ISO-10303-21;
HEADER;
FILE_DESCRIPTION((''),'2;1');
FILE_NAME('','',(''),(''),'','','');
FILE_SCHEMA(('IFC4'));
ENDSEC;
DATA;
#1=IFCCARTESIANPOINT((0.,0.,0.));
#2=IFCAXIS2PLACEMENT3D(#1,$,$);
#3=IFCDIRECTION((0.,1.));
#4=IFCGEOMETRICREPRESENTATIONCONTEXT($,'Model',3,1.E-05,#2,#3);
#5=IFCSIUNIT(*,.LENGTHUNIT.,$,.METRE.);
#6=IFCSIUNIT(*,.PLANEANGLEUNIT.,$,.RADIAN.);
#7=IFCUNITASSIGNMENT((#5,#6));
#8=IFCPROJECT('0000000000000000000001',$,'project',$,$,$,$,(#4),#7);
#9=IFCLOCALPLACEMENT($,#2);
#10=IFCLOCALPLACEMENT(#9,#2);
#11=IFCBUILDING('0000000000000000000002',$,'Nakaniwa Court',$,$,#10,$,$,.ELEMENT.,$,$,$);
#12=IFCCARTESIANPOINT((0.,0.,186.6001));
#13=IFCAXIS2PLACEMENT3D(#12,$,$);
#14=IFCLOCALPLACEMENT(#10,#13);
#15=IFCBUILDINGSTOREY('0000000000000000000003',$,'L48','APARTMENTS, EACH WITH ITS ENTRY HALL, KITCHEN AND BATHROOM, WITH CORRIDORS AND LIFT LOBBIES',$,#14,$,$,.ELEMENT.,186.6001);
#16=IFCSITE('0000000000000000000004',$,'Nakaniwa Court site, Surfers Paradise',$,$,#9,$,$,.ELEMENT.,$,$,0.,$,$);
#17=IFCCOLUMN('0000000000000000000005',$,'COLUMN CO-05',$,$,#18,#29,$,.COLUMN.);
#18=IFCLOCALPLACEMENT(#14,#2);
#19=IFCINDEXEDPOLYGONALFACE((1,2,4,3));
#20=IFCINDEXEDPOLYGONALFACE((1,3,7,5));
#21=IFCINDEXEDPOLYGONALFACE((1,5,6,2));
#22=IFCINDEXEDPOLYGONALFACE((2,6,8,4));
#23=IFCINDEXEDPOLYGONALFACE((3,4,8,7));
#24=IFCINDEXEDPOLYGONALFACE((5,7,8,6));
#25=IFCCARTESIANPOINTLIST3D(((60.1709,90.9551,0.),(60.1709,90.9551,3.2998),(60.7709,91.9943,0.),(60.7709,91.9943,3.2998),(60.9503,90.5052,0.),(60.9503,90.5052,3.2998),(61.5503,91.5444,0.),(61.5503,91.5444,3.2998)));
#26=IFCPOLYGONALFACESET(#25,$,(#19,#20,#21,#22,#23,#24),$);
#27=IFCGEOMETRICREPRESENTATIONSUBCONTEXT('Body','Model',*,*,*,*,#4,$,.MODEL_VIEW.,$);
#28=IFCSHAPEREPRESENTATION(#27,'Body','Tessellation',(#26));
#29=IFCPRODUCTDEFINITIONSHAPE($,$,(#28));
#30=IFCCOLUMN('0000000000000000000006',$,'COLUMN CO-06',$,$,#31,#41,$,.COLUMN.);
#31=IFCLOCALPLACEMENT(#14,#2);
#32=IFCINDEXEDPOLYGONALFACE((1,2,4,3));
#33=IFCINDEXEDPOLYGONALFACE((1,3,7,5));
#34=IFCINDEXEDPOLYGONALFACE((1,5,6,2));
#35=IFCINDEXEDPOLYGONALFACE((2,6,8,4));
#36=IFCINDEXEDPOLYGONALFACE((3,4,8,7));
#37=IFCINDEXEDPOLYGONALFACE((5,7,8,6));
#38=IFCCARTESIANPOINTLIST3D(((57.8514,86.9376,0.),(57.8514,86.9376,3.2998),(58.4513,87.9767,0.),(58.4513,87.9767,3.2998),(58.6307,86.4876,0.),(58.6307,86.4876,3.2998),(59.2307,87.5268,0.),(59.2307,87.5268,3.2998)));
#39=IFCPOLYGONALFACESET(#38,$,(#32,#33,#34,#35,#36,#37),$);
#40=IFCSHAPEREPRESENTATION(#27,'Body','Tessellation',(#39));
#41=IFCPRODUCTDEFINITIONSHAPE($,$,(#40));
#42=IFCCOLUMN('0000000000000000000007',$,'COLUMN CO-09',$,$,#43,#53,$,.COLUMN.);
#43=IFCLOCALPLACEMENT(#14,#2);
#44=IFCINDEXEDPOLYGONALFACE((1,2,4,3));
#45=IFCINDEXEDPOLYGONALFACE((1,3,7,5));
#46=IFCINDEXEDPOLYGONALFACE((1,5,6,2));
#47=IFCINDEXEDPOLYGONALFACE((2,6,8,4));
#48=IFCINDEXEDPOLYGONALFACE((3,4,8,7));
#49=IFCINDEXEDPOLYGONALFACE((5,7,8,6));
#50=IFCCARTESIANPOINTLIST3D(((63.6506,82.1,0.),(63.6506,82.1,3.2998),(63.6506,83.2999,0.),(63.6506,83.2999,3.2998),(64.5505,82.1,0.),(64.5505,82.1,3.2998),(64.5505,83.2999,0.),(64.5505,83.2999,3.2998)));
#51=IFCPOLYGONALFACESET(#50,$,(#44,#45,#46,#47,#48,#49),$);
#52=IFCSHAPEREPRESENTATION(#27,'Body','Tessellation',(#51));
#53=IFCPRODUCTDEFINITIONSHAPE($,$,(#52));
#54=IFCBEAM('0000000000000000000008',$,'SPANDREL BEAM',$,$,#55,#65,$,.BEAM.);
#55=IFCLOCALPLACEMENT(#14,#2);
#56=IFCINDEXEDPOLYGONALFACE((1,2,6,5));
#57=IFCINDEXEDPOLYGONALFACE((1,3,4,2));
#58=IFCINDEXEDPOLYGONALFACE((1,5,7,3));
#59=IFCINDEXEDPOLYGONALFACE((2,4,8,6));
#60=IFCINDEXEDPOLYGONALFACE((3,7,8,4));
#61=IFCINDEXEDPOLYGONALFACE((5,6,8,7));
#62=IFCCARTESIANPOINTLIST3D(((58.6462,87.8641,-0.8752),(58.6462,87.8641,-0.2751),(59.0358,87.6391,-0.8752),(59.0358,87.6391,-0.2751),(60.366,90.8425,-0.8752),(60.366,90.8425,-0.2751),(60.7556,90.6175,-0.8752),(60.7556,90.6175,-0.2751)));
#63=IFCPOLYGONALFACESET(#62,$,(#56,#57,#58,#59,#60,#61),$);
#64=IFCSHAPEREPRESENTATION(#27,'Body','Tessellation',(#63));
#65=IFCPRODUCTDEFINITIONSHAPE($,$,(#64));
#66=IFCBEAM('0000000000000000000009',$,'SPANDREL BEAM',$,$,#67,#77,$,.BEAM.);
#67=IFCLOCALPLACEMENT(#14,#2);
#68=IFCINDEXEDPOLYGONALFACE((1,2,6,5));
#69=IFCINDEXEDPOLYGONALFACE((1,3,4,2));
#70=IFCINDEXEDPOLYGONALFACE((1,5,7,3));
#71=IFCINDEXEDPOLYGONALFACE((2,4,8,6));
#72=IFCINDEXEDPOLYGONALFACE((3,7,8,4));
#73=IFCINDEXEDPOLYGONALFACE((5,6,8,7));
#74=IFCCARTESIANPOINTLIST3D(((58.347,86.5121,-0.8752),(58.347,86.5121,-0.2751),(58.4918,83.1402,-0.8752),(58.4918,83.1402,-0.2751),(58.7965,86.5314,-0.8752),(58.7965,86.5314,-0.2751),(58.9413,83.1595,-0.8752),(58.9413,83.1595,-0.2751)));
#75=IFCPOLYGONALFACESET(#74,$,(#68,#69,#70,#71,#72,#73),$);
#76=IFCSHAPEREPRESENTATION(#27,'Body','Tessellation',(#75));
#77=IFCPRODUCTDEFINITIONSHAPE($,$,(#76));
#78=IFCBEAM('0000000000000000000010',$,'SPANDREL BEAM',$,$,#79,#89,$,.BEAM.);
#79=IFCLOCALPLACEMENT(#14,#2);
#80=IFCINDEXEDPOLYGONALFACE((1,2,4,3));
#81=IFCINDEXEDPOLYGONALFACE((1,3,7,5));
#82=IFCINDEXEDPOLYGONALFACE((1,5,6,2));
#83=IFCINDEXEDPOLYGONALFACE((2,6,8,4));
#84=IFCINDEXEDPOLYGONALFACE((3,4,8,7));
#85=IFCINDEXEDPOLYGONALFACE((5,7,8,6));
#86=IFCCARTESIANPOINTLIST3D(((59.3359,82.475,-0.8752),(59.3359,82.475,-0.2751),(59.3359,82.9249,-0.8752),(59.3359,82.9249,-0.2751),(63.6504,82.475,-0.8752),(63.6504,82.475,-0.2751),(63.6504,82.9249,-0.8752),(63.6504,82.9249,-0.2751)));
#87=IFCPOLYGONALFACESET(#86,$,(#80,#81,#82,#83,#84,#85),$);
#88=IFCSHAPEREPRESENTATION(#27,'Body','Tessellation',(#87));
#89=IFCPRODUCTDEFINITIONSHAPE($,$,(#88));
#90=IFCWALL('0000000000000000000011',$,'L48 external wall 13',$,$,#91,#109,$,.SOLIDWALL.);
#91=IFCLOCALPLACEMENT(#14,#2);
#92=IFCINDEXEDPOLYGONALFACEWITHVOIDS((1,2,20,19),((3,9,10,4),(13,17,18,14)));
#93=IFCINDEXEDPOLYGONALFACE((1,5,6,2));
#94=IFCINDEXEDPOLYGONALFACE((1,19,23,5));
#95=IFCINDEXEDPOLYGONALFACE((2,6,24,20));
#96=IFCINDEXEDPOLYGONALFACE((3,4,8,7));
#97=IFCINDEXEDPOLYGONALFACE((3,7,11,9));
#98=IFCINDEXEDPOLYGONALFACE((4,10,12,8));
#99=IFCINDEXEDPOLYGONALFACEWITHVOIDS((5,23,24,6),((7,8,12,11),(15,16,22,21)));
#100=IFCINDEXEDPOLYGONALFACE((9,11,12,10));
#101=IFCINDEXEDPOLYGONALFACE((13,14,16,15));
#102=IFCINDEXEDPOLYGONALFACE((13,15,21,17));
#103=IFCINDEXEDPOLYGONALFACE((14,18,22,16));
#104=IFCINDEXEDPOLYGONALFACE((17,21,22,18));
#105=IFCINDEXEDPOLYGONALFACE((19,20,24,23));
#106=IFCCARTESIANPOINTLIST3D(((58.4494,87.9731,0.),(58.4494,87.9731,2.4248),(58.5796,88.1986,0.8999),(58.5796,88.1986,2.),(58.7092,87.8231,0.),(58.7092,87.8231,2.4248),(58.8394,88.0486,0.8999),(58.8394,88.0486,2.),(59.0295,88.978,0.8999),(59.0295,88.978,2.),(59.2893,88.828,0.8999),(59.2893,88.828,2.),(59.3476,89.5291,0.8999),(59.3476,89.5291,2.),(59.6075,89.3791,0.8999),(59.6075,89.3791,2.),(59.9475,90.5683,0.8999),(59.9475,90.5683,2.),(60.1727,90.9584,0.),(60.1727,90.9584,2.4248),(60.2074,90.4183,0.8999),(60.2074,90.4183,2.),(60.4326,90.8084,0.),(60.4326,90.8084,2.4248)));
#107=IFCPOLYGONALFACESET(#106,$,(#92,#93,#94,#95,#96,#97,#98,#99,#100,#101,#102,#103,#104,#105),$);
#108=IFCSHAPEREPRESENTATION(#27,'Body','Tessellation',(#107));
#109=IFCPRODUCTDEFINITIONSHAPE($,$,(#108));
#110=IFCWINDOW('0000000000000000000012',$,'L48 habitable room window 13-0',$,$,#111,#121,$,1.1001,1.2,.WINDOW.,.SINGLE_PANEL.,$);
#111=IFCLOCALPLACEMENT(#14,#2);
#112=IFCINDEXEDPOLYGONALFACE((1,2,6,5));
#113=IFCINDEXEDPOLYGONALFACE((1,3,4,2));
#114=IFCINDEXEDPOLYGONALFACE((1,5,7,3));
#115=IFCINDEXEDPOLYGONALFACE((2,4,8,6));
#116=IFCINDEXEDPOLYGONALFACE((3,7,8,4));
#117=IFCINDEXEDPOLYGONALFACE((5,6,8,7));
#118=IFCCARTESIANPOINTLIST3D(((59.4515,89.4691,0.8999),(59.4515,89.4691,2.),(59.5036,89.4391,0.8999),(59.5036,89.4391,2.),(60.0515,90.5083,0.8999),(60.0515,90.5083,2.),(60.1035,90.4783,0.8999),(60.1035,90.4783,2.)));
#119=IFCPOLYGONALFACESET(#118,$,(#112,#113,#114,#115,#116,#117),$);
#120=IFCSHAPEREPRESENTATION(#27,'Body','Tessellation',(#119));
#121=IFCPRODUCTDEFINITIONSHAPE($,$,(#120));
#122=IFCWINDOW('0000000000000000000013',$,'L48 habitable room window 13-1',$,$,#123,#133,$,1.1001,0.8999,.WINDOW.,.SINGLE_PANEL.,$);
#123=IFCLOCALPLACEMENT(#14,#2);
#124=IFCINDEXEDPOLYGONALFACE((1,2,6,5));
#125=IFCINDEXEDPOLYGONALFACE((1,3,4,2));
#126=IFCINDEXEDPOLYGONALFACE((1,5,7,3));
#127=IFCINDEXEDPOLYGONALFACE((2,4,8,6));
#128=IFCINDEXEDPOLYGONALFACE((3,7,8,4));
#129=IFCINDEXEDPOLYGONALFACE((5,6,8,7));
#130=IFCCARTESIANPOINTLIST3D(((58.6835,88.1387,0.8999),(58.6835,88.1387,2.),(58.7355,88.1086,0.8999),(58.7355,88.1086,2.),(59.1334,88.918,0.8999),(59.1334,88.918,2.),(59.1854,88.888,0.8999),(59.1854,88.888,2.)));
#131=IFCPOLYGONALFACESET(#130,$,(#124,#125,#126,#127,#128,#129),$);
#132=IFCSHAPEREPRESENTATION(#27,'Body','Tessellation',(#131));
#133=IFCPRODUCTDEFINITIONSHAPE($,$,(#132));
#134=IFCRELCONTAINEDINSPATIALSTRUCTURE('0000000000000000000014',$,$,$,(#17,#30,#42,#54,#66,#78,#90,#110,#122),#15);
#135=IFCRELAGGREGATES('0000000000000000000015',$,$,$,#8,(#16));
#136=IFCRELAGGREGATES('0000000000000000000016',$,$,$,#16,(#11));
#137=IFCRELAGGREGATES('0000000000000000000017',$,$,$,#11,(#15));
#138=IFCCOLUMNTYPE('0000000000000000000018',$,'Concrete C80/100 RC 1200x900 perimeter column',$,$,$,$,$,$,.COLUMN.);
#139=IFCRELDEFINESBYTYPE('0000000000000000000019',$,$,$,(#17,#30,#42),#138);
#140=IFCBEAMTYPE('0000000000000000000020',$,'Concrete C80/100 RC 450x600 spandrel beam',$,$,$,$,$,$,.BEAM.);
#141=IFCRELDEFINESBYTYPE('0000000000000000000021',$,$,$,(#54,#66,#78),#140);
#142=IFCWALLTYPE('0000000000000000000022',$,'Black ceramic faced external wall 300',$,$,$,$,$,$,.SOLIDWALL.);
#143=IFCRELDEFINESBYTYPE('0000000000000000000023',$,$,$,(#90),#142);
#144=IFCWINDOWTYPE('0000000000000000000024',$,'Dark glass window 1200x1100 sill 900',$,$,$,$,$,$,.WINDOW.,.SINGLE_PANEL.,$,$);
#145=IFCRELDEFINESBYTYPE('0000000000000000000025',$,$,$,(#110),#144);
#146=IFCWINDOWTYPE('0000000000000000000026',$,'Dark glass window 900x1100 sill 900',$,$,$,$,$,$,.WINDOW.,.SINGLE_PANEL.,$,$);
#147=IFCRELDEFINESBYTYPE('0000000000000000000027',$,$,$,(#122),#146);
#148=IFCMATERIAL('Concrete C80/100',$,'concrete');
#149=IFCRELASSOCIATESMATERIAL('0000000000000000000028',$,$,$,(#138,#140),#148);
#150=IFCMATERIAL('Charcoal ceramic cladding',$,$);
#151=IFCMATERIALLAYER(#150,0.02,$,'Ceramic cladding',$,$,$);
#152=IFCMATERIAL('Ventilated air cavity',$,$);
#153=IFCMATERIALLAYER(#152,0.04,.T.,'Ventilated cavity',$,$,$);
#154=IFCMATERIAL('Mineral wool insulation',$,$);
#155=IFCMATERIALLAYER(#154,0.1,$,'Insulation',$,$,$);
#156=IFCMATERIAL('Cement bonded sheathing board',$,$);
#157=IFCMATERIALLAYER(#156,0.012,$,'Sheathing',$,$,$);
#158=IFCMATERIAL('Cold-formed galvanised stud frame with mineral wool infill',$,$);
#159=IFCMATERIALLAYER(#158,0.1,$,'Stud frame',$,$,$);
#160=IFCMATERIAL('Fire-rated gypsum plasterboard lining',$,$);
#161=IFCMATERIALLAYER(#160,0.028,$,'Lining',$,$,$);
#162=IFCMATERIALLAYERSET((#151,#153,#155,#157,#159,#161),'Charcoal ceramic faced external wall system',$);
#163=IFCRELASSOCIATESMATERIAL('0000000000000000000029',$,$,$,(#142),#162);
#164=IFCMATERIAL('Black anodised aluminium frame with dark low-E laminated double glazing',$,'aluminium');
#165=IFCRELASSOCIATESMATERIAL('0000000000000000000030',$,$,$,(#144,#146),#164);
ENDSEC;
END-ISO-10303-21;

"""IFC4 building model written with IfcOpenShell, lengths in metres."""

from ifc_helpers import new_model, si_unit, direction, frame, frame_2d, origin, origin_2d, place, context, subcontext, project, spatial, rectangle, extrude, material, layer, layer_set, material_profile, profile_set, type_object, element, fill, save


model = new_model("IFC4")

# Units and contexts
model_context = context("Model", 3, precision=1e-05, world=origin(), true_north=direction((0.0, 1.0)))
body_context = subcontext(model_context, "Body", "Model", "MODEL_VIEW")
ifc_project = project(units=[si_unit("LENGTHUNIT", "METRE"), si_unit("PLANEANGLEUNIT", "RADIAN")], contexts=[model_context])

# Site, building, storey
site_placement = place(None, origin())
site = spatial("IfcSite", under=ifc_project, at=site_placement, Name="Nakaniwa Court site, Surfers Paradise", CompositionType="ELEMENT", RefElevation=0.0)
building_placement = place(site_placement, origin())
building = spatial("IfcBuilding", under=site, at=building_placement, Name="Nakaniwa Court", CompositionType="ELEMENT")
storey_placement = place(building_placement, frame((0.0, 0.0, 186.6001)))
storey = spatial("IfcBuildingStorey", under=building, at=storey_placement, Name="L48", Description="APARTMENTS, EACH WITH ITS ENTRY HALL, KITCHEN AND BATHROOM, WITH CORRIDORS AND LIFT LOBBIES", CompositionType="ELEMENT", Elevation=186.6001)

# Columns
ifc_material_1 = material(Name="Concrete C80/100", Category="concrete")
ifc_material_profile_1 = material_profile(ifc_material_1, rectangle(XDim=1.2, YDim=0.8999, at=origin_2d()), Name="Concrete C80/100 RC 1200x900 perimeter column")
ifc_profile_set_1 = profile_set([ifc_material_profile_1], Name="Concrete C80/100")
column_type = type_object("IfcColumnType", Name="Concrete C80/100 RC 1200x900 perimeter column", PredefinedType="COLUMN", material=ifc_profile_set_1)
for number, where, z_axis, x_axis, name in (
    (1, (60.8606, 91.2498, 0.0), (0.0, 0.0, 1.0), (-0.5, -0.866025, 0.0), "COLUMN CO-05"),
    (2, (58.541, 87.2322, 0.0), (0.0, 0.0, 1.0), (-0.5, -0.866025, 0.0), "COLUMN CO-06"),
    (3, (64.1006, 82.7, 0.0), (0.0, 0.0, 1.0), (0.0, -1.0, 0.0), "COLUMN CO-09"),
):
    element("IfcColumn", number, at=place(storey_placement, frame(where, z_axis=z_axis, x_axis=x_axis)), inside=storey, type_object=column_type, Name=name, PredefinedType="COLUMN", context=body_context, shape_type="SweptSolid", body=[
        extrude(rectangle(XDim=1.2, YDim=0.8999, at=origin_2d()), origin(), (0.0, 0.0, 1.0), 3.2998),
    ])

# Beams
ifc_material_profile_2 = material_profile(ifc_material_1, rectangle(XDim=0.45, YDim=0.6001, at=origin_2d()), Name="Concrete C80/100 RC 450x600 spandrel beam")
ifc_profile_set_2 = profile_set([ifc_material_profile_2], Name="Concrete C80/100")
beam_type = type_object("IfcBeamType", Name="Concrete C80/100 RC 450x600 spandrel beam", PredefinedType="BEAM", material=ifc_profile_set_2)
beam_1_placement = place(storey_placement, frame((60.5608, 90.73, -0.5752), z_axis=(-0.500048, -0.865998, 0.0), x_axis=(0.865998, -0.500048, 0.0)))
element("IfcBeam", 4, at=beam_1_placement, inside=storey, type_object=beam_type, Name="SPANDREL BEAM", PredefinedType="BEAM", context=body_context, shape_type="SweptSolid", body=[
    extrude(rectangle(XDim=0.45, YDim=0.6001, at=origin_2d()), origin(), (0.0, 0.0, 1.0), 3.4392),
])
beam_2_placement = place(storey_placement, frame((58.5718, 86.5217, -0.5752), z_axis=(0.042897, -0.999079, 0.0), x_axis=(0.999079, 0.042897, 0.0)))
element("IfcBeam", 5, at=beam_2_placement, inside=storey, type_object=beam_type, Name="SPANDREL BEAM", PredefinedType="BEAM", context=body_context, shape_type="SweptSolid", body=[
    extrude(rectangle(XDim=0.45, YDim=0.6001, at=origin_2d()), origin(), (0.0, 0.0, 1.0), 3.375),
])
beam_3_placement = place(storey_placement, frame((59.3359, 82.7, -0.5752), z_axis=(1.0, 0.0, 0.0), x_axis=(0.0, 1.0, 0.0)))
element("IfcBeam", 6, at=beam_3_placement, inside=storey, type_object=beam_type, Name="SPANDREL BEAM", PredefinedType="BEAM", context=body_context, shape_type="SweptSolid", body=[
    extrude(rectangle(XDim=0.45, YDim=0.6001, at=origin_2d()), origin(), (0.0, 0.0, 1.0), 4.3145),
])

# Wall, openings, windows
ifc_material_2 = material(Name="Charcoal ceramic cladding")
ifc_layer_1 = layer(ifc_material_2, 0.02, Name="Ceramic cladding")
ifc_material_3 = material(Name="Ventilated air cavity")
ifc_layer_2 = layer(ifc_material_3, 0.04, ventilated=True, Name="Ventilated cavity")
ifc_material_4 = material(Name="Mineral wool insulation")
ifc_layer_3 = layer(ifc_material_4, 0.1, Name="Insulation")
ifc_material_5 = material(Name="Cement bonded sheathing board")
ifc_layer_4 = layer(ifc_material_5, 0.012, Name="Sheathing")
ifc_material_6 = material(Name="Cold-formed galvanised stud frame with mineral wool infill")
ifc_layer_5 = layer(ifc_material_6, 0.1, Name="Stud frame")
ifc_material_7 = material(Name="Fire-rated gypsum plasterboard lining")
ifc_layer_6 = layer(ifc_material_7, 0.028, Name="Lining")
ifc_layer_set_1 = layer_set([ifc_layer_1, ifc_layer_2, ifc_layer_3, ifc_layer_4, ifc_layer_5, ifc_layer_6], Name="Charcoal ceramic faced external wall system")
wall_type_1 = type_object("IfcWallType", Name="Black ceramic faced external wall 300", PredefinedType="SOLIDWALL", material=ifc_layer_set_1)
wall_1_placement = place(storey_placement, frame((60.3027, 90.8835, 0.0), z_axis=(0.0, 0.0, 1.0), x_axis=(-0.499955, -0.866051, 0.0)))
wall_1 = element("IfcWall", 7, at=wall_1_placement, inside=storey, type_object=wall_type_1, Name="L48 external wall 13", PredefinedType="SOLIDWALL", context=body_context, shape_type="SweptSolid", body=[
    extrude(rectangle(XDim=3.447, YDim=0.3, at=frame_2d((1.7236, 0.0))), origin(), (0.0, 0.0, 1.0), 2.4248),
])
opening_1_placement = place(wall_1_placement, frame((0.4504, 0.0, 0.8999)))
opening_1 = element("IfcOpeningElement", 8, at=opening_1_placement, cuts=wall_1, PredefinedType="OPENING", context=body_context, shape_type="SweptSolid", body=[
    extrude(rectangle(XDim=1.2, YDim=1.1001, at=frame_2d((0.6001, 0.55))), frame((0.0, 0.1599, 0.0), z_axis=(0.0, -1.0, 0.0), x_axis=(1.0, 0.0, 0.0)), (0.0, 0.0, 1.0), 0.3201),
])
opening_2_placement = place(wall_1_placement, frame((2.2869, 0.0, 0.8999)))
opening_2 = element("IfcOpeningElement", 9, at=opening_2_placement, cuts=wall_1, PredefinedType="OPENING", context=body_context, shape_type="SweptSolid", body=[
    extrude(rectangle(XDim=0.8999, YDim=1.1001, at=frame_2d((0.45, 0.55))), frame((0.0, 0.1599, 0.0), z_axis=(0.0, -1.0, 0.0), x_axis=(1.0, 0.0, 0.0)), (0.0, 0.0, 1.0), 0.3201),
])
ifc_material_8 = material(Name="Black anodised aluminium frame with dark low-E laminated double glazing", Category="aluminium")
window_type_1 = type_object("IfcWindowType", Name="Dark glass window 1200x1100 sill 900", PartitioningType="SINGLE_PANEL", PredefinedType="WINDOW", material=ifc_material_8)
window_1_placement = place(opening_1_placement, origin())
window_1 = element("IfcWindow", 10, at=window_1_placement, inside=storey, type_object=window_type_1, Name="L48 habitable room window 13-0", OverallHeight=1.1001, OverallWidth=1.2, PartitioningType="SINGLE_PANEL", PredefinedType="WINDOW", context=body_context, shape_type="SweptSolid", body=[
    extrude(rectangle(XDim=1.2, YDim=1.1001, at=frame_2d((0.6001, 0.55))), frame((0.0, 0.03, 0.0), z_axis=(0.0, -1.0, 0.0), x_axis=(1.0, 0.0, 0.0)), (0.0, 0.0, 1.0), 0.0601),
])
fill(opening_1, window_1)
window_type_2 = type_object("IfcWindowType", Name="Dark glass window 900x1100 sill 900", PartitioningType="SINGLE_PANEL", PredefinedType="WINDOW", material=ifc_material_8)
window_2_placement = place(opening_2_placement, origin())
window_2 = element("IfcWindow", 11, at=window_2_placement, inside=storey, type_object=window_type_2, Name="L48 habitable room window 13-1", OverallHeight=1.1001, OverallWidth=0.8999, PartitioningType="SINGLE_PANEL", PredefinedType="WINDOW", context=body_context, shape_type="SweptSolid", body=[
    extrude(rectangle(XDim=0.8999, YDim=1.1001, at=frame_2d((0.45, 0.55))), frame((0.0, 0.03, 0.0), z_axis=(0.0, -1.0, 0.0), x_axis=(1.0, 0.0, 0.0)), (0.0, 0.0, 1.0), 0.0601),
])
fill(opening_2, window_2)

save(model, "model.ifc")
